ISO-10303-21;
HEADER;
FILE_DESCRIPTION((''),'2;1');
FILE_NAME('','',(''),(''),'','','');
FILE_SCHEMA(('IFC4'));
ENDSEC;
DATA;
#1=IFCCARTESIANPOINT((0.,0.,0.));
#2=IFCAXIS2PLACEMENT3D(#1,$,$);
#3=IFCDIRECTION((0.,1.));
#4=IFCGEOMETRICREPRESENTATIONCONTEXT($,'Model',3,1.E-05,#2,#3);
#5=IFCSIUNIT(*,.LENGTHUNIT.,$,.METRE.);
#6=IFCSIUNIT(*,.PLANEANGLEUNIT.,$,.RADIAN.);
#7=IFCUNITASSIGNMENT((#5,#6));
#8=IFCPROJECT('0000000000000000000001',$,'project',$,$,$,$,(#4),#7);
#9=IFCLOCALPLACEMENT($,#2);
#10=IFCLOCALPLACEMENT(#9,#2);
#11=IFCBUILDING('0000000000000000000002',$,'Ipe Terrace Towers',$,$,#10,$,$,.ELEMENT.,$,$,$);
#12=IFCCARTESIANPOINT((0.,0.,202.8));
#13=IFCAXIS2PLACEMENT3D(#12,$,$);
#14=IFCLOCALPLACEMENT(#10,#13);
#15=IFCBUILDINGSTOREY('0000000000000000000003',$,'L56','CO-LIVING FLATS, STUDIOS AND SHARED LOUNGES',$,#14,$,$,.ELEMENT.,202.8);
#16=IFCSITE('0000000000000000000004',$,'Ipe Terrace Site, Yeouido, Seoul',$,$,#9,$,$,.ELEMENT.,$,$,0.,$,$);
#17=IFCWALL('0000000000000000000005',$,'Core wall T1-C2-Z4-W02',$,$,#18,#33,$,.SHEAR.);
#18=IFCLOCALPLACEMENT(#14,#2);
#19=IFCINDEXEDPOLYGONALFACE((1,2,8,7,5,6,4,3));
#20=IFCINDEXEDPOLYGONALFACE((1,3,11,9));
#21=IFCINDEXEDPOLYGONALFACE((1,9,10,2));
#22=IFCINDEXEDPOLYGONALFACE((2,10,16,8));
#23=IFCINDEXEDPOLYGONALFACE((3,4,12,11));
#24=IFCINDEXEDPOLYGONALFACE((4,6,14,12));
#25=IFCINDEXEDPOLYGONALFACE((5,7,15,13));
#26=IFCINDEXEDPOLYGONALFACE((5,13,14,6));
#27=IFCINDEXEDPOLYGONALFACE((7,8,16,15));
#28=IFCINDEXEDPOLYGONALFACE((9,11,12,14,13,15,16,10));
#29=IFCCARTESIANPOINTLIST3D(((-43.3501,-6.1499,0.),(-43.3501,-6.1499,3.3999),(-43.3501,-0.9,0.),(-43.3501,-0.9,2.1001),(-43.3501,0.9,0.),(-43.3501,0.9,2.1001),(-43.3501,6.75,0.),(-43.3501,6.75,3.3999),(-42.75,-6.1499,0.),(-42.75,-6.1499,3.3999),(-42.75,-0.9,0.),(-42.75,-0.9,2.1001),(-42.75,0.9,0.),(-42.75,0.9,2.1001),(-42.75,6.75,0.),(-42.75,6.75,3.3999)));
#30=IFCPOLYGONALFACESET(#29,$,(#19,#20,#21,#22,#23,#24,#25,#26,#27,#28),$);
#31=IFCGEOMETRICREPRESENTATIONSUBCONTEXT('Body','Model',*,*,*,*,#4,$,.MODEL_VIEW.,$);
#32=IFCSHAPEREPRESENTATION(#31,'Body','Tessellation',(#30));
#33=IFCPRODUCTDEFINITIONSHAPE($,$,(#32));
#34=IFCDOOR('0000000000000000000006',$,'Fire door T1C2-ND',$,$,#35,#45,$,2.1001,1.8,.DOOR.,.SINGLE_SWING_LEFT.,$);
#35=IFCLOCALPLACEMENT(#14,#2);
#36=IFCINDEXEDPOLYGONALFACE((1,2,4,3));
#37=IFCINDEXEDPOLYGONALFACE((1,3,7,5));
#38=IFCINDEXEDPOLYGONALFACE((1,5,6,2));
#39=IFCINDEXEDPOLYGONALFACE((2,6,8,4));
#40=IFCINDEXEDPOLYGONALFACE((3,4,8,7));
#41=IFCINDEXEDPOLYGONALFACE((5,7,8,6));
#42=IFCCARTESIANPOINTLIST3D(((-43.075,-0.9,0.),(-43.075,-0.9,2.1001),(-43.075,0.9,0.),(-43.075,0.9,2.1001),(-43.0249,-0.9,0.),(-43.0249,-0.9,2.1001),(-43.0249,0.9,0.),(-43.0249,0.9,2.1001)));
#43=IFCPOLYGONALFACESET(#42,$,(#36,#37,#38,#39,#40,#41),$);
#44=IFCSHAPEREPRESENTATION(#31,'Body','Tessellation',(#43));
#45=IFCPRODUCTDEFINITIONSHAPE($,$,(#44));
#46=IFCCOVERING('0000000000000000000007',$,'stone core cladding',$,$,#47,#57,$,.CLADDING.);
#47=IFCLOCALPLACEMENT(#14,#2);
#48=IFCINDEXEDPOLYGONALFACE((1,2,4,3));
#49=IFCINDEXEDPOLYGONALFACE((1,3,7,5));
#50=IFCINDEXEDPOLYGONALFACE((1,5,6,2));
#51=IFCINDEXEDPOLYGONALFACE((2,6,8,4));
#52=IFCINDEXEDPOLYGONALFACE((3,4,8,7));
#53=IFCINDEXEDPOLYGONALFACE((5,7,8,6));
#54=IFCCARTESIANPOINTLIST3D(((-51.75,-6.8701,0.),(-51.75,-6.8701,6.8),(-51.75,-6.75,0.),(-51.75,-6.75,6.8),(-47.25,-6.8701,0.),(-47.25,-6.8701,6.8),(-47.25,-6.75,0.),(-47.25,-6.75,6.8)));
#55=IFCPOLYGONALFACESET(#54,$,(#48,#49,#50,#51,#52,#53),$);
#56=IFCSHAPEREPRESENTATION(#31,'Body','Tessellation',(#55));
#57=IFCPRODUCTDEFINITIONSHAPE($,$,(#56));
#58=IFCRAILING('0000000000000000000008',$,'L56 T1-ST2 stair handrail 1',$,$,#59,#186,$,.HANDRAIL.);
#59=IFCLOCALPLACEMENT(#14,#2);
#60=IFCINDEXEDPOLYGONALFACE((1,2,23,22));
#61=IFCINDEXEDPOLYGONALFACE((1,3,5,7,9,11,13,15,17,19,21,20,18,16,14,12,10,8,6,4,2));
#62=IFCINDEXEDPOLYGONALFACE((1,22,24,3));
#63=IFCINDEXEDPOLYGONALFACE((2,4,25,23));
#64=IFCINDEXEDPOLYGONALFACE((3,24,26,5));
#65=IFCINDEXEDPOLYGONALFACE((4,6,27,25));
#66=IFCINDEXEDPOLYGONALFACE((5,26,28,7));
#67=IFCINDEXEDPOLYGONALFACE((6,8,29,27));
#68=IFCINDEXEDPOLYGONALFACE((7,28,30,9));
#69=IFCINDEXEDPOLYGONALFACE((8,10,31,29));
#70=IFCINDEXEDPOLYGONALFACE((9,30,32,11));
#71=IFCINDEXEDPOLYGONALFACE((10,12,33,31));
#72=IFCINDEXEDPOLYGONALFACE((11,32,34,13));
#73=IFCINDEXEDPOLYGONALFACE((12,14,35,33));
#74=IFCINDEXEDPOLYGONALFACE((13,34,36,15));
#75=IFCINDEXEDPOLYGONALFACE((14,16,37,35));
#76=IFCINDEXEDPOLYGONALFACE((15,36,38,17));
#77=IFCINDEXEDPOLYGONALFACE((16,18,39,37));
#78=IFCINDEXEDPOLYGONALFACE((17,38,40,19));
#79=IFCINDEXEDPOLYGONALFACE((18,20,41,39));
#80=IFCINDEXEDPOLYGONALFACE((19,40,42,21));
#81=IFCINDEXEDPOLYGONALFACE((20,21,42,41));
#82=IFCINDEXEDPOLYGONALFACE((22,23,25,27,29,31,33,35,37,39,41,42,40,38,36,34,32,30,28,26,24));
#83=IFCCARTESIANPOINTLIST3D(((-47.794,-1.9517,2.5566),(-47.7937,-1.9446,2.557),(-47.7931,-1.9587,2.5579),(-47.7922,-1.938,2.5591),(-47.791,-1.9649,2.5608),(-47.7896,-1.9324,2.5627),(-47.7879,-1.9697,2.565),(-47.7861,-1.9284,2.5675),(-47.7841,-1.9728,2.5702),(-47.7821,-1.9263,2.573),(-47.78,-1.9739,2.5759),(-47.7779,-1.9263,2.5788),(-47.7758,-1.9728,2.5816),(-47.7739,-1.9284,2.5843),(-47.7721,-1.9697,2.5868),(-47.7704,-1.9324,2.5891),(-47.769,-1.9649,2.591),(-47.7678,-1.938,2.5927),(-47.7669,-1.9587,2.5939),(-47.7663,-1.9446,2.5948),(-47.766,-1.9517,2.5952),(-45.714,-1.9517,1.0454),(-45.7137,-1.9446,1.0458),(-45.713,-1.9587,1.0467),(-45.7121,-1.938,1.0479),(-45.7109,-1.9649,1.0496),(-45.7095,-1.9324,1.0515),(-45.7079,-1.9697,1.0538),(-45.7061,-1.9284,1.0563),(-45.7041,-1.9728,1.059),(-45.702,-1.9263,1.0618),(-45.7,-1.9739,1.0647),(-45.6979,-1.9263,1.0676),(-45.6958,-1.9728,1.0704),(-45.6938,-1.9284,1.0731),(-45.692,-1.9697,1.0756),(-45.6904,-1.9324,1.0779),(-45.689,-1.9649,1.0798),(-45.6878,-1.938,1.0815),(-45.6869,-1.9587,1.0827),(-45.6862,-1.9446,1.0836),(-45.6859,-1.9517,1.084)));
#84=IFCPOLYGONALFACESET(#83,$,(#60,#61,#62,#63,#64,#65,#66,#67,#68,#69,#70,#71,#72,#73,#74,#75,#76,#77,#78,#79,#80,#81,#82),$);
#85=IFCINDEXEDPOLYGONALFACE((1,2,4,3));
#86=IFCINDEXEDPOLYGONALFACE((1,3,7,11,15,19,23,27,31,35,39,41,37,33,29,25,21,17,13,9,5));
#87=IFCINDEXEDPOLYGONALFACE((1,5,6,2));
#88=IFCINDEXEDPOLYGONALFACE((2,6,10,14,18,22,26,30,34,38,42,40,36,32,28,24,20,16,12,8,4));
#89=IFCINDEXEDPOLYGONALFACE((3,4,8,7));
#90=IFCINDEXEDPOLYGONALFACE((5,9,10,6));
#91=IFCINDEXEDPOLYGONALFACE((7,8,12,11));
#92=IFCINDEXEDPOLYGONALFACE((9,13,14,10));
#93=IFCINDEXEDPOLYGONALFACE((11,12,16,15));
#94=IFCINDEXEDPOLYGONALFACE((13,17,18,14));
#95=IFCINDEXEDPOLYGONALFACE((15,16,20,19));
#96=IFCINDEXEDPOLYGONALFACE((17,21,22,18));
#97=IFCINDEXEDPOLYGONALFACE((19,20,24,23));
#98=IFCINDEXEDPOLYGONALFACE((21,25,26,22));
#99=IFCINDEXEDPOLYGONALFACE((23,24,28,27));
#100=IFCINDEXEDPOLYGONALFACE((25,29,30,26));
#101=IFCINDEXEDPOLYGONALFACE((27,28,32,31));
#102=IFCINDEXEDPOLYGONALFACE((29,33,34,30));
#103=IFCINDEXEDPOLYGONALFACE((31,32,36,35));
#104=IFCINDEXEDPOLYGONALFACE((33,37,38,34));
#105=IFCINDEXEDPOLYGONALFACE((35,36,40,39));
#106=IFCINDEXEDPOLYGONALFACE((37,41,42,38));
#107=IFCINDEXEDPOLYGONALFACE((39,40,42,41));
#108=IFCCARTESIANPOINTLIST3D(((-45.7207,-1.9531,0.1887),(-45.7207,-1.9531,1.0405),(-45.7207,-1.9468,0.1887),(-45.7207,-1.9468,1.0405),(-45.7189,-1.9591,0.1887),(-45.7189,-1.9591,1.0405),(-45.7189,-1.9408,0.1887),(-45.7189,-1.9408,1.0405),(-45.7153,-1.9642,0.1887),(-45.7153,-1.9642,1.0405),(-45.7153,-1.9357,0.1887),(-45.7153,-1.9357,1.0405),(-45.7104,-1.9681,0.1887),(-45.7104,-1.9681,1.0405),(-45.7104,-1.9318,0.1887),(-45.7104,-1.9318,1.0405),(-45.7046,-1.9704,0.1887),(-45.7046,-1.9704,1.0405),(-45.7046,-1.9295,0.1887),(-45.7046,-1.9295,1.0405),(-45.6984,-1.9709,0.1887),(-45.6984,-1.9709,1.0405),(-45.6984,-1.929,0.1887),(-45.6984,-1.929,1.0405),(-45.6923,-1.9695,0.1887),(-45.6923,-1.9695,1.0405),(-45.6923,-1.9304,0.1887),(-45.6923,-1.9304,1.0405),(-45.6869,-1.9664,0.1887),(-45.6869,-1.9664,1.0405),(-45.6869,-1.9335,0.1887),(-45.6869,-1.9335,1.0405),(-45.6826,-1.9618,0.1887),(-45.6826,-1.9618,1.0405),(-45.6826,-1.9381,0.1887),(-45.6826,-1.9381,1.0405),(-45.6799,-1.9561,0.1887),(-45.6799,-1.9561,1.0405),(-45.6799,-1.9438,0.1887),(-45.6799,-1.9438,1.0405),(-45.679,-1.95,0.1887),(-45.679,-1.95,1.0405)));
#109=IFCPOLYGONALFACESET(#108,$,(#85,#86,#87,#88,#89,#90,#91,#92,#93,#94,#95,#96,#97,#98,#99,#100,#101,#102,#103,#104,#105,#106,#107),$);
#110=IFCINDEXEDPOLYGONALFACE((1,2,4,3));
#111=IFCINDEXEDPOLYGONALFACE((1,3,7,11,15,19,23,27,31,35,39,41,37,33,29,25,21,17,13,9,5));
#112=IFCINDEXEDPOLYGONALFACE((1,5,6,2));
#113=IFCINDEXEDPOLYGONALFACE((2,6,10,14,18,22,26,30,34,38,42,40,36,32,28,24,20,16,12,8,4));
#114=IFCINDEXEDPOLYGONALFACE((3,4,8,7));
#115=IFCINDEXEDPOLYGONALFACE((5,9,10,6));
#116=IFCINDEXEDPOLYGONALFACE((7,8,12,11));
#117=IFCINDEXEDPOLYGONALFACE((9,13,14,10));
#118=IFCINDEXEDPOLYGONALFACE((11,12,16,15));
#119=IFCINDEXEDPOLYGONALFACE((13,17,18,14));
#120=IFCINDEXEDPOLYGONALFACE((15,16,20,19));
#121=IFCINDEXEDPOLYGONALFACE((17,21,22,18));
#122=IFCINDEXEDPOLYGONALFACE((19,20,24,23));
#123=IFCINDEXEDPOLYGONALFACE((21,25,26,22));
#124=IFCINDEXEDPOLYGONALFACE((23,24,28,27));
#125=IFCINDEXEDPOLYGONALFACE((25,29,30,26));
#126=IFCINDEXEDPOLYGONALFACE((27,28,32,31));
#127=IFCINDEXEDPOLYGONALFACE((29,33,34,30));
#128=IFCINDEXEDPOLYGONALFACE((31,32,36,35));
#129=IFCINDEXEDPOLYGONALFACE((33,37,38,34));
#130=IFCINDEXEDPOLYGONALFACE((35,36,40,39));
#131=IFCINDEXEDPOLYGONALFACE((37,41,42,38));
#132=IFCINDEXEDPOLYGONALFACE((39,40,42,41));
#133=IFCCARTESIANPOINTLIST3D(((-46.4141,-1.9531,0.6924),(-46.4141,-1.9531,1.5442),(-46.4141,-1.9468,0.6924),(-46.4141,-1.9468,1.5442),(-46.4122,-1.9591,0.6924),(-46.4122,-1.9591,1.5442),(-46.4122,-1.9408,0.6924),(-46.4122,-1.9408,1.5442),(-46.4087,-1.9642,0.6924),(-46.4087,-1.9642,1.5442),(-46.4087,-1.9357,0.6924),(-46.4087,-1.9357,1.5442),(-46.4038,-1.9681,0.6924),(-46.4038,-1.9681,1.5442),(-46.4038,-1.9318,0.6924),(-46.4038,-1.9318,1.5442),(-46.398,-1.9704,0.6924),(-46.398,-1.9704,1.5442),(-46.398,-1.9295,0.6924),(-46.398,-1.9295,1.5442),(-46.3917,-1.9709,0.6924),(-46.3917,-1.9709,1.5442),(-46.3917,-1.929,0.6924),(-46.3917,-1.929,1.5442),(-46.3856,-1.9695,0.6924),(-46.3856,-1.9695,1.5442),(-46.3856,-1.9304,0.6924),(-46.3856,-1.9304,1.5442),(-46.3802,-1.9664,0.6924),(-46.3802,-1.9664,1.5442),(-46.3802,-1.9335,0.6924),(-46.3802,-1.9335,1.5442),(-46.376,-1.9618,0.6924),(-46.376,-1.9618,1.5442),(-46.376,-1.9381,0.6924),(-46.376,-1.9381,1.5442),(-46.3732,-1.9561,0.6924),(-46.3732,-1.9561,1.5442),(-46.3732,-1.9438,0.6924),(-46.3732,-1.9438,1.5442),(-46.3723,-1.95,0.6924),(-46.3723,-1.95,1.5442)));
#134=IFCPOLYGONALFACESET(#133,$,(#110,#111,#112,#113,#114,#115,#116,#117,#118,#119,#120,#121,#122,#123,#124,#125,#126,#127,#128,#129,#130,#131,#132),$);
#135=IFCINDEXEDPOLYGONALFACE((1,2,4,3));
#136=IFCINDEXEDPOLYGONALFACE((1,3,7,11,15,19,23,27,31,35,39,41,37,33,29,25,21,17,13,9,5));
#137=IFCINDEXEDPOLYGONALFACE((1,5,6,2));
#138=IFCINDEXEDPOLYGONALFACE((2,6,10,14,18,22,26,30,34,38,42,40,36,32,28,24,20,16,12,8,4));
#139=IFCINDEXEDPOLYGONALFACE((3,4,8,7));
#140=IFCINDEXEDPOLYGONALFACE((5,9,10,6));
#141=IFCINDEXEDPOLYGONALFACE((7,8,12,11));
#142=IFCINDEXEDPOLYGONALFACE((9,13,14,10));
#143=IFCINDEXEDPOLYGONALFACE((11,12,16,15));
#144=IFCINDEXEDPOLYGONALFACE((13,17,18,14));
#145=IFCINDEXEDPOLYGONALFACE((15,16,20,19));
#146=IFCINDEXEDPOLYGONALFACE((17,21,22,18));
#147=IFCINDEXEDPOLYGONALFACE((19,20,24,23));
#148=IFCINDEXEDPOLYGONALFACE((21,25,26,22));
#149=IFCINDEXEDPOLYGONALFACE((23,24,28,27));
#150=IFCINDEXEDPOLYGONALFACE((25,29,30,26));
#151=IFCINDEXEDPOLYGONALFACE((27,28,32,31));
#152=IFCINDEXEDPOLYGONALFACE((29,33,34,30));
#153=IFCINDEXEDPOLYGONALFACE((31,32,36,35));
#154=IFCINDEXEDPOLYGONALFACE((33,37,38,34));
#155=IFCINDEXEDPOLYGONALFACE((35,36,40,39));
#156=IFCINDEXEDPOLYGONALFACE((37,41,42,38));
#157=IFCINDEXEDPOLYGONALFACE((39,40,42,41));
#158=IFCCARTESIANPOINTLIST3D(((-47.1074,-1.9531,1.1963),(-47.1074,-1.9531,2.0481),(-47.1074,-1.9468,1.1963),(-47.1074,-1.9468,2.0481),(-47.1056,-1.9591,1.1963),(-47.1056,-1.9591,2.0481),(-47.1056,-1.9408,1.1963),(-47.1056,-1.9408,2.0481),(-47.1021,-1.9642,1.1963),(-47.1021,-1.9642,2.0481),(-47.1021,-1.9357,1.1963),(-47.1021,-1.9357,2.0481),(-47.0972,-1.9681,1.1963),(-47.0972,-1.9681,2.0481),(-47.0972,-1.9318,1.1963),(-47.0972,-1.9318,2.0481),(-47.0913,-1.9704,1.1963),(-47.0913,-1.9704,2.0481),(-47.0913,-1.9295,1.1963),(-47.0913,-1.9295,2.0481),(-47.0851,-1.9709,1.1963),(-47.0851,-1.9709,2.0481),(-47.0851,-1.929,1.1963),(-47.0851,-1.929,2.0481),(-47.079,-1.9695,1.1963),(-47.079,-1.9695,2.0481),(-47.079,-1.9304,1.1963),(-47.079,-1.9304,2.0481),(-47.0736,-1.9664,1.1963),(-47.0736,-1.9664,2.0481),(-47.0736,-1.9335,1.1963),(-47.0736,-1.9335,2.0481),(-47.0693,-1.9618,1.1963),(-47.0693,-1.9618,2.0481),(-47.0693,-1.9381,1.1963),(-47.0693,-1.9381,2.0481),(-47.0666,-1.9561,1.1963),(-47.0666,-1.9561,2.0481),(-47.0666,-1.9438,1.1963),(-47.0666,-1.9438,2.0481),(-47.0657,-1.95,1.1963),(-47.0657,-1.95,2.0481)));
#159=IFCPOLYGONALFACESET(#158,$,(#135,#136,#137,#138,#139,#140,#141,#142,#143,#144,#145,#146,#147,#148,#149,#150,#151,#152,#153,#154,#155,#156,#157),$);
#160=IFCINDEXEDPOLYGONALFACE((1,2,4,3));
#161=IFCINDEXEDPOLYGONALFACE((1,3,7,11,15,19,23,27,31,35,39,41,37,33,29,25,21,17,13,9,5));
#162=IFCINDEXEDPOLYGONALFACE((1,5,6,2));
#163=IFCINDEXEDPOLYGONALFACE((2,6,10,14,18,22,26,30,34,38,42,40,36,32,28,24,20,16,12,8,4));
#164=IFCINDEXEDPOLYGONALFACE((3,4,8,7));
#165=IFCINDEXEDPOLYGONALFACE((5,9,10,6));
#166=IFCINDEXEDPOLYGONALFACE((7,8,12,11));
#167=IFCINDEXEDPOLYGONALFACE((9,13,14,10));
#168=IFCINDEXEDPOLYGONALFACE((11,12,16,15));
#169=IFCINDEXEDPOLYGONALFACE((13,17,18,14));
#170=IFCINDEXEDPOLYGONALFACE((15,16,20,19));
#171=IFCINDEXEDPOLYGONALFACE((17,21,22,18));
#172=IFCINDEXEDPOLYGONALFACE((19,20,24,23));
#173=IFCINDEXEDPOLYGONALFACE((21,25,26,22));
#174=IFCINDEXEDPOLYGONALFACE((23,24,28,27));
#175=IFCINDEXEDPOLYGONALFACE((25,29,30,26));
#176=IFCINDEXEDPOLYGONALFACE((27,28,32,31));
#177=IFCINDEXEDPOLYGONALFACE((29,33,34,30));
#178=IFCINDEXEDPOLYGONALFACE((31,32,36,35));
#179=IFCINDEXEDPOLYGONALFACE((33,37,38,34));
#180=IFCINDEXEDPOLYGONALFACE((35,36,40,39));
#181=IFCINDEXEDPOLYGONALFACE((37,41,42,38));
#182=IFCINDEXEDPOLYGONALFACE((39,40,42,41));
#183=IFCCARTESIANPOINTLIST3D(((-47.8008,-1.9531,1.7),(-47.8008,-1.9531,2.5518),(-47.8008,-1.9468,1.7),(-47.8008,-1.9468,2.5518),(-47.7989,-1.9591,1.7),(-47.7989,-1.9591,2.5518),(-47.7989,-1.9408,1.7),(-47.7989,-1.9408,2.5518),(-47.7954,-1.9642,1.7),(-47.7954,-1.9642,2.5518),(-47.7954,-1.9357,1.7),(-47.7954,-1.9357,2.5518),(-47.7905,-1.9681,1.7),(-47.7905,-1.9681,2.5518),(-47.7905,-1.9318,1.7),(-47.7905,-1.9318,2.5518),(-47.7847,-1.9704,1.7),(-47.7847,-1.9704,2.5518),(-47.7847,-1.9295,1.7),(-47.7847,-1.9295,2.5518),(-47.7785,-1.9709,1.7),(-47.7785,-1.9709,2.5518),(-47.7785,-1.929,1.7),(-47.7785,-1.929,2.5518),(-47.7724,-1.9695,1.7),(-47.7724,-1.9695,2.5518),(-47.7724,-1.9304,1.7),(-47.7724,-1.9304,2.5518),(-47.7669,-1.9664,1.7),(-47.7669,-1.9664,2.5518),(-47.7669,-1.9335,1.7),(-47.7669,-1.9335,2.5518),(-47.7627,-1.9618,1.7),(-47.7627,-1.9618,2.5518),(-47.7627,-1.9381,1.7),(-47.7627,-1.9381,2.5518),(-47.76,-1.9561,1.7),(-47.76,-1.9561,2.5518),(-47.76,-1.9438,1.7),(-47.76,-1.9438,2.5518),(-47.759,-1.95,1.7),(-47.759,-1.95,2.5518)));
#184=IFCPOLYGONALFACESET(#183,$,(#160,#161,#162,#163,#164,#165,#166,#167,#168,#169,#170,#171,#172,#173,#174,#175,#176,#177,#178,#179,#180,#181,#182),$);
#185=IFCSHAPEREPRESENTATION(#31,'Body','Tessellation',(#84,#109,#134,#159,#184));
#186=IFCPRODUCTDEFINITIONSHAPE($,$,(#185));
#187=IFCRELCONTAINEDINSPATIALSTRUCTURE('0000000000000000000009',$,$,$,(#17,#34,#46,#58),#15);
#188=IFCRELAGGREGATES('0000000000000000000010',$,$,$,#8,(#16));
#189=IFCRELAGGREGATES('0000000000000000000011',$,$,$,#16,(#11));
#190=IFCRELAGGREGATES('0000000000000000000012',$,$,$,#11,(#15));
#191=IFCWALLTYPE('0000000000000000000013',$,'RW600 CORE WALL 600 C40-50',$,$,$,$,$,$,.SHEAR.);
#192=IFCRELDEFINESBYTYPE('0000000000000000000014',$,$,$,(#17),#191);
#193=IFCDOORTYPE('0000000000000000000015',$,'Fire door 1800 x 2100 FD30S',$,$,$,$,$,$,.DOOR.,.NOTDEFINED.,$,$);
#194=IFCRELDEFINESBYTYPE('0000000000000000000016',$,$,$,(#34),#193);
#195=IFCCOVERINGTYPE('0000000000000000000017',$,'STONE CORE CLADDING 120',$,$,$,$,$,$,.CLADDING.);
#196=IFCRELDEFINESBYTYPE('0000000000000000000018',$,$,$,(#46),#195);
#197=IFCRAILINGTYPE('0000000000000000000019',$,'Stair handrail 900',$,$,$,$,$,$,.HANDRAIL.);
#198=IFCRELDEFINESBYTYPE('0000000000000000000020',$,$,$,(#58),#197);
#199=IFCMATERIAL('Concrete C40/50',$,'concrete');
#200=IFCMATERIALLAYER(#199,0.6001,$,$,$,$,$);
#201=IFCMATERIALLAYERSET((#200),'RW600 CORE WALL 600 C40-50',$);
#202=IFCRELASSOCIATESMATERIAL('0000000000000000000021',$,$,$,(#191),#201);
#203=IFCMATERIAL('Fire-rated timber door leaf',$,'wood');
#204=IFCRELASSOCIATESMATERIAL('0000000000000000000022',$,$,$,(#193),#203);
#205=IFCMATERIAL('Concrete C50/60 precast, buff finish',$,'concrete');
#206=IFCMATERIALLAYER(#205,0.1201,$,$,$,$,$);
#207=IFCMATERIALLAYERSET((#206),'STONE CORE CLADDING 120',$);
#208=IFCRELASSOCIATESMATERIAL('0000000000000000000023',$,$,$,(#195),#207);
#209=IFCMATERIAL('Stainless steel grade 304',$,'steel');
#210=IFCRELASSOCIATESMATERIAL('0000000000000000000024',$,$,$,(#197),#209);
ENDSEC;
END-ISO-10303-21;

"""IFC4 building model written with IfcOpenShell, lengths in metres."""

from ifc_helpers import new_model, si_unit, direction, frame, frame_2d, origin, origin_2d, place, context, subcontext, project, spatial, rectangle, circle, extrude, material, layer, layer_set, type_object, element, fill, save


model = new_model("IFC4")

# Units and contexts
model_context = context("Model", 3, precision=1e-05, world=origin(), true_north=direction((0.0, 1.0)))
body_context = subcontext(model_context, "Body", "Model", "MODEL_VIEW")
ifc_project = project(units=[si_unit("LENGTHUNIT", "METRE"), si_unit("PLANEANGLEUNIT", "RADIAN")], contexts=[model_context])

# Site, building, storey
site_placement = place(None, origin())
site = spatial("IfcSite", under=ifc_project, at=site_placement, Name="Ipe Terrace Site, Yeouido, Seoul", CompositionType="ELEMENT", RefElevation=0.0)
building_placement = place(site_placement, origin())
building = spatial("IfcBuilding", under=site, at=building_placement, Name="Ipe Terrace Towers", CompositionType="ELEMENT")
storey_placement = place(building_placement, frame((0.0, 0.0, 202.8)))
storey = spatial("IfcBuildingStorey", under=building, at=storey_placement, Name="L56", Description="CO-LIVING FLATS, STUDIOS AND SHARED LOUNGES", CompositionType="ELEMENT", Elevation=202.8)

# Shared definitions
ifc_material_1 = material(Name="Concrete C40/50", Category="concrete")
ifc_layer_1 = layer(ifc_material_1, 0.6001)
ifc_layer_set_1 = layer_set([ifc_layer_1], Name="RW600 CORE WALL 600 C40-50")
wall_type_1 = type_object("IfcWallType", Name="RW600 CORE WALL 600 C40-50", PredefinedType="SHEAR", material=ifc_layer_set_1)

# Wall, opening, door
wall_1_placement = place(storey_placement, frame((-43.05, -6.1499, 0.0), z_axis=(0.0, 0.0, 1.0), x_axis=(0.0, 1.0, 0.0)))
wall_1 = element("IfcWall", 1, at=wall_1_placement, inside=storey, type_object=wall_type_1, Name="Core wall T1-C2-Z4-W02", PredefinedType="SHEAR", context=body_context, shape_type="SweptSolid", body=[
    extrude(rectangle(XDim=12.8999, YDim=0.6001, at=frame_2d((6.45, 0.0))), origin(), (0.0, 0.0, 1.0), 3.3999),
])
opening_1_placement = place(wall_1_placement, frame((5.25, 0.0, 0.0)))
opening_1 = element("IfcOpeningElement", 2, at=opening_1_placement, cuts=wall_1, PredefinedType="OPENING", context=body_context, shape_type="SweptSolid", body=[
    extrude(rectangle(XDim=1.8, YDim=2.1001, at=frame_2d((0.8999, 1.05))), frame((0.0, 0.3101, 0.0), z_axis=(0.0, -1.0, 0.0), x_axis=(1.0, 0.0, 0.0)), (0.0, 0.0, 1.0), 0.6201),
])
ifc_material_2 = material(Name="Fire-rated timber door leaf", Category="wood")
door_type_1 = type_object("IfcDoorType", Name="Fire door 1800 x 2100 FD30S", OperationType="NOTDEFINED", PredefinedType="DOOR", material=ifc_material_2)
door_1_placement = place(opening_1_placement, origin())
door_1 = element("IfcDoor", 3, at=door_1_placement, inside=storey, type_object=door_type_1, Name="Fire door T1C2-ND", OperationType="SINGLE_SWING_LEFT", OverallHeight=2.1001, OverallWidth=1.8, PredefinedType="DOOR", context=body_context, shape_type="SweptSolid", body=[
    extrude(rectangle(XDim=1.8, YDim=2.1001, at=frame_2d((0.8999, 1.05))), frame((0.0, 0.0249, 0.0), z_axis=(0.0, -1.0, 0.0), x_axis=(1.0, 0.0, 0.0)), (0.0, 0.0, 1.0), 0.05),
])
fill(opening_1, door_1)

# Covering
ifc_material_3 = material(Name="Concrete C50/60 precast, buff finish", Category="concrete")
ifc_layer_2 = layer(ifc_material_3, 0.1201)
ifc_layer_set_2 = layer_set([ifc_layer_2], Name="STONE CORE CLADDING 120")
covering_type = type_object("IfcCoveringType", Name="STONE CORE CLADDING 120", PredefinedType="CLADDING", material=ifc_layer_set_2)
covering_placement = place(storey_placement, frame((-49.5, -6.8101, 0.0), z_axis=(0.0, 0.0, 1.0), x_axis=(1.0, 0.0, 0.0)))
element("IfcCovering", 4, at=covering_placement, inside=storey, type_object=covering_type, Name="stone core cladding", PredefinedType="CLADDING", context=body_context, shape_type="SweptSolid", body=[
    extrude(rectangle(XDim=4.5, YDim=0.1201, at=origin_2d()), origin(), (0.0, 0.0, 1.0), 6.8),
])

# Railing
ifc_material_4 = material(Name="Stainless steel grade 304", Category="steel")
railing_type_1 = type_object("IfcRailingType", Name="Stair handrail 900", PredefinedType="HANDRAIL", material=ifc_material_4)
railing_1_placement = place(storey_placement, frame((-45.7, -1.95, 0.1887)))
element("IfcRailing", 5, at=railing_1_placement, inside=storey, type_object=railing_type_1, Name="L56 T1-ST2 stair handrail 1", PredefinedType="HANDRAIL", context=body_context, shape_type="SweptSolid", body=[
    extrude(circle(Radius=0.0239, at=origin_2d()), frame((0.0, 0.0, 0.876), z_axis=(-0.809023, 0.0, 0.587776), x_axis=(0.0, -1.0, 0.0)), (0.0, 0.0, 1.0), 2.571),
    extrude(circle(Radius=0.021, at=origin_2d()), origin(), (0.0, 0.0, 1.0), 0.8518),
    extrude(circle(Radius=0.021, at=origin_2d()), frame((-0.6934, 0.0, 0.5037)), (0.0, 0.0, 1.0), 0.8518),
    extrude(circle(Radius=0.021, at=origin_2d()), frame((-1.3867, 0.0, 1.0076)), (0.0, 0.0, 1.0), 0.8518),
    extrude(circle(Radius=0.021, at=origin_2d()), frame((-2.0801, 0.0, 1.5112)), (0.0, 0.0, 1.0), 0.8518),
])

save(model, "model.ifc")
